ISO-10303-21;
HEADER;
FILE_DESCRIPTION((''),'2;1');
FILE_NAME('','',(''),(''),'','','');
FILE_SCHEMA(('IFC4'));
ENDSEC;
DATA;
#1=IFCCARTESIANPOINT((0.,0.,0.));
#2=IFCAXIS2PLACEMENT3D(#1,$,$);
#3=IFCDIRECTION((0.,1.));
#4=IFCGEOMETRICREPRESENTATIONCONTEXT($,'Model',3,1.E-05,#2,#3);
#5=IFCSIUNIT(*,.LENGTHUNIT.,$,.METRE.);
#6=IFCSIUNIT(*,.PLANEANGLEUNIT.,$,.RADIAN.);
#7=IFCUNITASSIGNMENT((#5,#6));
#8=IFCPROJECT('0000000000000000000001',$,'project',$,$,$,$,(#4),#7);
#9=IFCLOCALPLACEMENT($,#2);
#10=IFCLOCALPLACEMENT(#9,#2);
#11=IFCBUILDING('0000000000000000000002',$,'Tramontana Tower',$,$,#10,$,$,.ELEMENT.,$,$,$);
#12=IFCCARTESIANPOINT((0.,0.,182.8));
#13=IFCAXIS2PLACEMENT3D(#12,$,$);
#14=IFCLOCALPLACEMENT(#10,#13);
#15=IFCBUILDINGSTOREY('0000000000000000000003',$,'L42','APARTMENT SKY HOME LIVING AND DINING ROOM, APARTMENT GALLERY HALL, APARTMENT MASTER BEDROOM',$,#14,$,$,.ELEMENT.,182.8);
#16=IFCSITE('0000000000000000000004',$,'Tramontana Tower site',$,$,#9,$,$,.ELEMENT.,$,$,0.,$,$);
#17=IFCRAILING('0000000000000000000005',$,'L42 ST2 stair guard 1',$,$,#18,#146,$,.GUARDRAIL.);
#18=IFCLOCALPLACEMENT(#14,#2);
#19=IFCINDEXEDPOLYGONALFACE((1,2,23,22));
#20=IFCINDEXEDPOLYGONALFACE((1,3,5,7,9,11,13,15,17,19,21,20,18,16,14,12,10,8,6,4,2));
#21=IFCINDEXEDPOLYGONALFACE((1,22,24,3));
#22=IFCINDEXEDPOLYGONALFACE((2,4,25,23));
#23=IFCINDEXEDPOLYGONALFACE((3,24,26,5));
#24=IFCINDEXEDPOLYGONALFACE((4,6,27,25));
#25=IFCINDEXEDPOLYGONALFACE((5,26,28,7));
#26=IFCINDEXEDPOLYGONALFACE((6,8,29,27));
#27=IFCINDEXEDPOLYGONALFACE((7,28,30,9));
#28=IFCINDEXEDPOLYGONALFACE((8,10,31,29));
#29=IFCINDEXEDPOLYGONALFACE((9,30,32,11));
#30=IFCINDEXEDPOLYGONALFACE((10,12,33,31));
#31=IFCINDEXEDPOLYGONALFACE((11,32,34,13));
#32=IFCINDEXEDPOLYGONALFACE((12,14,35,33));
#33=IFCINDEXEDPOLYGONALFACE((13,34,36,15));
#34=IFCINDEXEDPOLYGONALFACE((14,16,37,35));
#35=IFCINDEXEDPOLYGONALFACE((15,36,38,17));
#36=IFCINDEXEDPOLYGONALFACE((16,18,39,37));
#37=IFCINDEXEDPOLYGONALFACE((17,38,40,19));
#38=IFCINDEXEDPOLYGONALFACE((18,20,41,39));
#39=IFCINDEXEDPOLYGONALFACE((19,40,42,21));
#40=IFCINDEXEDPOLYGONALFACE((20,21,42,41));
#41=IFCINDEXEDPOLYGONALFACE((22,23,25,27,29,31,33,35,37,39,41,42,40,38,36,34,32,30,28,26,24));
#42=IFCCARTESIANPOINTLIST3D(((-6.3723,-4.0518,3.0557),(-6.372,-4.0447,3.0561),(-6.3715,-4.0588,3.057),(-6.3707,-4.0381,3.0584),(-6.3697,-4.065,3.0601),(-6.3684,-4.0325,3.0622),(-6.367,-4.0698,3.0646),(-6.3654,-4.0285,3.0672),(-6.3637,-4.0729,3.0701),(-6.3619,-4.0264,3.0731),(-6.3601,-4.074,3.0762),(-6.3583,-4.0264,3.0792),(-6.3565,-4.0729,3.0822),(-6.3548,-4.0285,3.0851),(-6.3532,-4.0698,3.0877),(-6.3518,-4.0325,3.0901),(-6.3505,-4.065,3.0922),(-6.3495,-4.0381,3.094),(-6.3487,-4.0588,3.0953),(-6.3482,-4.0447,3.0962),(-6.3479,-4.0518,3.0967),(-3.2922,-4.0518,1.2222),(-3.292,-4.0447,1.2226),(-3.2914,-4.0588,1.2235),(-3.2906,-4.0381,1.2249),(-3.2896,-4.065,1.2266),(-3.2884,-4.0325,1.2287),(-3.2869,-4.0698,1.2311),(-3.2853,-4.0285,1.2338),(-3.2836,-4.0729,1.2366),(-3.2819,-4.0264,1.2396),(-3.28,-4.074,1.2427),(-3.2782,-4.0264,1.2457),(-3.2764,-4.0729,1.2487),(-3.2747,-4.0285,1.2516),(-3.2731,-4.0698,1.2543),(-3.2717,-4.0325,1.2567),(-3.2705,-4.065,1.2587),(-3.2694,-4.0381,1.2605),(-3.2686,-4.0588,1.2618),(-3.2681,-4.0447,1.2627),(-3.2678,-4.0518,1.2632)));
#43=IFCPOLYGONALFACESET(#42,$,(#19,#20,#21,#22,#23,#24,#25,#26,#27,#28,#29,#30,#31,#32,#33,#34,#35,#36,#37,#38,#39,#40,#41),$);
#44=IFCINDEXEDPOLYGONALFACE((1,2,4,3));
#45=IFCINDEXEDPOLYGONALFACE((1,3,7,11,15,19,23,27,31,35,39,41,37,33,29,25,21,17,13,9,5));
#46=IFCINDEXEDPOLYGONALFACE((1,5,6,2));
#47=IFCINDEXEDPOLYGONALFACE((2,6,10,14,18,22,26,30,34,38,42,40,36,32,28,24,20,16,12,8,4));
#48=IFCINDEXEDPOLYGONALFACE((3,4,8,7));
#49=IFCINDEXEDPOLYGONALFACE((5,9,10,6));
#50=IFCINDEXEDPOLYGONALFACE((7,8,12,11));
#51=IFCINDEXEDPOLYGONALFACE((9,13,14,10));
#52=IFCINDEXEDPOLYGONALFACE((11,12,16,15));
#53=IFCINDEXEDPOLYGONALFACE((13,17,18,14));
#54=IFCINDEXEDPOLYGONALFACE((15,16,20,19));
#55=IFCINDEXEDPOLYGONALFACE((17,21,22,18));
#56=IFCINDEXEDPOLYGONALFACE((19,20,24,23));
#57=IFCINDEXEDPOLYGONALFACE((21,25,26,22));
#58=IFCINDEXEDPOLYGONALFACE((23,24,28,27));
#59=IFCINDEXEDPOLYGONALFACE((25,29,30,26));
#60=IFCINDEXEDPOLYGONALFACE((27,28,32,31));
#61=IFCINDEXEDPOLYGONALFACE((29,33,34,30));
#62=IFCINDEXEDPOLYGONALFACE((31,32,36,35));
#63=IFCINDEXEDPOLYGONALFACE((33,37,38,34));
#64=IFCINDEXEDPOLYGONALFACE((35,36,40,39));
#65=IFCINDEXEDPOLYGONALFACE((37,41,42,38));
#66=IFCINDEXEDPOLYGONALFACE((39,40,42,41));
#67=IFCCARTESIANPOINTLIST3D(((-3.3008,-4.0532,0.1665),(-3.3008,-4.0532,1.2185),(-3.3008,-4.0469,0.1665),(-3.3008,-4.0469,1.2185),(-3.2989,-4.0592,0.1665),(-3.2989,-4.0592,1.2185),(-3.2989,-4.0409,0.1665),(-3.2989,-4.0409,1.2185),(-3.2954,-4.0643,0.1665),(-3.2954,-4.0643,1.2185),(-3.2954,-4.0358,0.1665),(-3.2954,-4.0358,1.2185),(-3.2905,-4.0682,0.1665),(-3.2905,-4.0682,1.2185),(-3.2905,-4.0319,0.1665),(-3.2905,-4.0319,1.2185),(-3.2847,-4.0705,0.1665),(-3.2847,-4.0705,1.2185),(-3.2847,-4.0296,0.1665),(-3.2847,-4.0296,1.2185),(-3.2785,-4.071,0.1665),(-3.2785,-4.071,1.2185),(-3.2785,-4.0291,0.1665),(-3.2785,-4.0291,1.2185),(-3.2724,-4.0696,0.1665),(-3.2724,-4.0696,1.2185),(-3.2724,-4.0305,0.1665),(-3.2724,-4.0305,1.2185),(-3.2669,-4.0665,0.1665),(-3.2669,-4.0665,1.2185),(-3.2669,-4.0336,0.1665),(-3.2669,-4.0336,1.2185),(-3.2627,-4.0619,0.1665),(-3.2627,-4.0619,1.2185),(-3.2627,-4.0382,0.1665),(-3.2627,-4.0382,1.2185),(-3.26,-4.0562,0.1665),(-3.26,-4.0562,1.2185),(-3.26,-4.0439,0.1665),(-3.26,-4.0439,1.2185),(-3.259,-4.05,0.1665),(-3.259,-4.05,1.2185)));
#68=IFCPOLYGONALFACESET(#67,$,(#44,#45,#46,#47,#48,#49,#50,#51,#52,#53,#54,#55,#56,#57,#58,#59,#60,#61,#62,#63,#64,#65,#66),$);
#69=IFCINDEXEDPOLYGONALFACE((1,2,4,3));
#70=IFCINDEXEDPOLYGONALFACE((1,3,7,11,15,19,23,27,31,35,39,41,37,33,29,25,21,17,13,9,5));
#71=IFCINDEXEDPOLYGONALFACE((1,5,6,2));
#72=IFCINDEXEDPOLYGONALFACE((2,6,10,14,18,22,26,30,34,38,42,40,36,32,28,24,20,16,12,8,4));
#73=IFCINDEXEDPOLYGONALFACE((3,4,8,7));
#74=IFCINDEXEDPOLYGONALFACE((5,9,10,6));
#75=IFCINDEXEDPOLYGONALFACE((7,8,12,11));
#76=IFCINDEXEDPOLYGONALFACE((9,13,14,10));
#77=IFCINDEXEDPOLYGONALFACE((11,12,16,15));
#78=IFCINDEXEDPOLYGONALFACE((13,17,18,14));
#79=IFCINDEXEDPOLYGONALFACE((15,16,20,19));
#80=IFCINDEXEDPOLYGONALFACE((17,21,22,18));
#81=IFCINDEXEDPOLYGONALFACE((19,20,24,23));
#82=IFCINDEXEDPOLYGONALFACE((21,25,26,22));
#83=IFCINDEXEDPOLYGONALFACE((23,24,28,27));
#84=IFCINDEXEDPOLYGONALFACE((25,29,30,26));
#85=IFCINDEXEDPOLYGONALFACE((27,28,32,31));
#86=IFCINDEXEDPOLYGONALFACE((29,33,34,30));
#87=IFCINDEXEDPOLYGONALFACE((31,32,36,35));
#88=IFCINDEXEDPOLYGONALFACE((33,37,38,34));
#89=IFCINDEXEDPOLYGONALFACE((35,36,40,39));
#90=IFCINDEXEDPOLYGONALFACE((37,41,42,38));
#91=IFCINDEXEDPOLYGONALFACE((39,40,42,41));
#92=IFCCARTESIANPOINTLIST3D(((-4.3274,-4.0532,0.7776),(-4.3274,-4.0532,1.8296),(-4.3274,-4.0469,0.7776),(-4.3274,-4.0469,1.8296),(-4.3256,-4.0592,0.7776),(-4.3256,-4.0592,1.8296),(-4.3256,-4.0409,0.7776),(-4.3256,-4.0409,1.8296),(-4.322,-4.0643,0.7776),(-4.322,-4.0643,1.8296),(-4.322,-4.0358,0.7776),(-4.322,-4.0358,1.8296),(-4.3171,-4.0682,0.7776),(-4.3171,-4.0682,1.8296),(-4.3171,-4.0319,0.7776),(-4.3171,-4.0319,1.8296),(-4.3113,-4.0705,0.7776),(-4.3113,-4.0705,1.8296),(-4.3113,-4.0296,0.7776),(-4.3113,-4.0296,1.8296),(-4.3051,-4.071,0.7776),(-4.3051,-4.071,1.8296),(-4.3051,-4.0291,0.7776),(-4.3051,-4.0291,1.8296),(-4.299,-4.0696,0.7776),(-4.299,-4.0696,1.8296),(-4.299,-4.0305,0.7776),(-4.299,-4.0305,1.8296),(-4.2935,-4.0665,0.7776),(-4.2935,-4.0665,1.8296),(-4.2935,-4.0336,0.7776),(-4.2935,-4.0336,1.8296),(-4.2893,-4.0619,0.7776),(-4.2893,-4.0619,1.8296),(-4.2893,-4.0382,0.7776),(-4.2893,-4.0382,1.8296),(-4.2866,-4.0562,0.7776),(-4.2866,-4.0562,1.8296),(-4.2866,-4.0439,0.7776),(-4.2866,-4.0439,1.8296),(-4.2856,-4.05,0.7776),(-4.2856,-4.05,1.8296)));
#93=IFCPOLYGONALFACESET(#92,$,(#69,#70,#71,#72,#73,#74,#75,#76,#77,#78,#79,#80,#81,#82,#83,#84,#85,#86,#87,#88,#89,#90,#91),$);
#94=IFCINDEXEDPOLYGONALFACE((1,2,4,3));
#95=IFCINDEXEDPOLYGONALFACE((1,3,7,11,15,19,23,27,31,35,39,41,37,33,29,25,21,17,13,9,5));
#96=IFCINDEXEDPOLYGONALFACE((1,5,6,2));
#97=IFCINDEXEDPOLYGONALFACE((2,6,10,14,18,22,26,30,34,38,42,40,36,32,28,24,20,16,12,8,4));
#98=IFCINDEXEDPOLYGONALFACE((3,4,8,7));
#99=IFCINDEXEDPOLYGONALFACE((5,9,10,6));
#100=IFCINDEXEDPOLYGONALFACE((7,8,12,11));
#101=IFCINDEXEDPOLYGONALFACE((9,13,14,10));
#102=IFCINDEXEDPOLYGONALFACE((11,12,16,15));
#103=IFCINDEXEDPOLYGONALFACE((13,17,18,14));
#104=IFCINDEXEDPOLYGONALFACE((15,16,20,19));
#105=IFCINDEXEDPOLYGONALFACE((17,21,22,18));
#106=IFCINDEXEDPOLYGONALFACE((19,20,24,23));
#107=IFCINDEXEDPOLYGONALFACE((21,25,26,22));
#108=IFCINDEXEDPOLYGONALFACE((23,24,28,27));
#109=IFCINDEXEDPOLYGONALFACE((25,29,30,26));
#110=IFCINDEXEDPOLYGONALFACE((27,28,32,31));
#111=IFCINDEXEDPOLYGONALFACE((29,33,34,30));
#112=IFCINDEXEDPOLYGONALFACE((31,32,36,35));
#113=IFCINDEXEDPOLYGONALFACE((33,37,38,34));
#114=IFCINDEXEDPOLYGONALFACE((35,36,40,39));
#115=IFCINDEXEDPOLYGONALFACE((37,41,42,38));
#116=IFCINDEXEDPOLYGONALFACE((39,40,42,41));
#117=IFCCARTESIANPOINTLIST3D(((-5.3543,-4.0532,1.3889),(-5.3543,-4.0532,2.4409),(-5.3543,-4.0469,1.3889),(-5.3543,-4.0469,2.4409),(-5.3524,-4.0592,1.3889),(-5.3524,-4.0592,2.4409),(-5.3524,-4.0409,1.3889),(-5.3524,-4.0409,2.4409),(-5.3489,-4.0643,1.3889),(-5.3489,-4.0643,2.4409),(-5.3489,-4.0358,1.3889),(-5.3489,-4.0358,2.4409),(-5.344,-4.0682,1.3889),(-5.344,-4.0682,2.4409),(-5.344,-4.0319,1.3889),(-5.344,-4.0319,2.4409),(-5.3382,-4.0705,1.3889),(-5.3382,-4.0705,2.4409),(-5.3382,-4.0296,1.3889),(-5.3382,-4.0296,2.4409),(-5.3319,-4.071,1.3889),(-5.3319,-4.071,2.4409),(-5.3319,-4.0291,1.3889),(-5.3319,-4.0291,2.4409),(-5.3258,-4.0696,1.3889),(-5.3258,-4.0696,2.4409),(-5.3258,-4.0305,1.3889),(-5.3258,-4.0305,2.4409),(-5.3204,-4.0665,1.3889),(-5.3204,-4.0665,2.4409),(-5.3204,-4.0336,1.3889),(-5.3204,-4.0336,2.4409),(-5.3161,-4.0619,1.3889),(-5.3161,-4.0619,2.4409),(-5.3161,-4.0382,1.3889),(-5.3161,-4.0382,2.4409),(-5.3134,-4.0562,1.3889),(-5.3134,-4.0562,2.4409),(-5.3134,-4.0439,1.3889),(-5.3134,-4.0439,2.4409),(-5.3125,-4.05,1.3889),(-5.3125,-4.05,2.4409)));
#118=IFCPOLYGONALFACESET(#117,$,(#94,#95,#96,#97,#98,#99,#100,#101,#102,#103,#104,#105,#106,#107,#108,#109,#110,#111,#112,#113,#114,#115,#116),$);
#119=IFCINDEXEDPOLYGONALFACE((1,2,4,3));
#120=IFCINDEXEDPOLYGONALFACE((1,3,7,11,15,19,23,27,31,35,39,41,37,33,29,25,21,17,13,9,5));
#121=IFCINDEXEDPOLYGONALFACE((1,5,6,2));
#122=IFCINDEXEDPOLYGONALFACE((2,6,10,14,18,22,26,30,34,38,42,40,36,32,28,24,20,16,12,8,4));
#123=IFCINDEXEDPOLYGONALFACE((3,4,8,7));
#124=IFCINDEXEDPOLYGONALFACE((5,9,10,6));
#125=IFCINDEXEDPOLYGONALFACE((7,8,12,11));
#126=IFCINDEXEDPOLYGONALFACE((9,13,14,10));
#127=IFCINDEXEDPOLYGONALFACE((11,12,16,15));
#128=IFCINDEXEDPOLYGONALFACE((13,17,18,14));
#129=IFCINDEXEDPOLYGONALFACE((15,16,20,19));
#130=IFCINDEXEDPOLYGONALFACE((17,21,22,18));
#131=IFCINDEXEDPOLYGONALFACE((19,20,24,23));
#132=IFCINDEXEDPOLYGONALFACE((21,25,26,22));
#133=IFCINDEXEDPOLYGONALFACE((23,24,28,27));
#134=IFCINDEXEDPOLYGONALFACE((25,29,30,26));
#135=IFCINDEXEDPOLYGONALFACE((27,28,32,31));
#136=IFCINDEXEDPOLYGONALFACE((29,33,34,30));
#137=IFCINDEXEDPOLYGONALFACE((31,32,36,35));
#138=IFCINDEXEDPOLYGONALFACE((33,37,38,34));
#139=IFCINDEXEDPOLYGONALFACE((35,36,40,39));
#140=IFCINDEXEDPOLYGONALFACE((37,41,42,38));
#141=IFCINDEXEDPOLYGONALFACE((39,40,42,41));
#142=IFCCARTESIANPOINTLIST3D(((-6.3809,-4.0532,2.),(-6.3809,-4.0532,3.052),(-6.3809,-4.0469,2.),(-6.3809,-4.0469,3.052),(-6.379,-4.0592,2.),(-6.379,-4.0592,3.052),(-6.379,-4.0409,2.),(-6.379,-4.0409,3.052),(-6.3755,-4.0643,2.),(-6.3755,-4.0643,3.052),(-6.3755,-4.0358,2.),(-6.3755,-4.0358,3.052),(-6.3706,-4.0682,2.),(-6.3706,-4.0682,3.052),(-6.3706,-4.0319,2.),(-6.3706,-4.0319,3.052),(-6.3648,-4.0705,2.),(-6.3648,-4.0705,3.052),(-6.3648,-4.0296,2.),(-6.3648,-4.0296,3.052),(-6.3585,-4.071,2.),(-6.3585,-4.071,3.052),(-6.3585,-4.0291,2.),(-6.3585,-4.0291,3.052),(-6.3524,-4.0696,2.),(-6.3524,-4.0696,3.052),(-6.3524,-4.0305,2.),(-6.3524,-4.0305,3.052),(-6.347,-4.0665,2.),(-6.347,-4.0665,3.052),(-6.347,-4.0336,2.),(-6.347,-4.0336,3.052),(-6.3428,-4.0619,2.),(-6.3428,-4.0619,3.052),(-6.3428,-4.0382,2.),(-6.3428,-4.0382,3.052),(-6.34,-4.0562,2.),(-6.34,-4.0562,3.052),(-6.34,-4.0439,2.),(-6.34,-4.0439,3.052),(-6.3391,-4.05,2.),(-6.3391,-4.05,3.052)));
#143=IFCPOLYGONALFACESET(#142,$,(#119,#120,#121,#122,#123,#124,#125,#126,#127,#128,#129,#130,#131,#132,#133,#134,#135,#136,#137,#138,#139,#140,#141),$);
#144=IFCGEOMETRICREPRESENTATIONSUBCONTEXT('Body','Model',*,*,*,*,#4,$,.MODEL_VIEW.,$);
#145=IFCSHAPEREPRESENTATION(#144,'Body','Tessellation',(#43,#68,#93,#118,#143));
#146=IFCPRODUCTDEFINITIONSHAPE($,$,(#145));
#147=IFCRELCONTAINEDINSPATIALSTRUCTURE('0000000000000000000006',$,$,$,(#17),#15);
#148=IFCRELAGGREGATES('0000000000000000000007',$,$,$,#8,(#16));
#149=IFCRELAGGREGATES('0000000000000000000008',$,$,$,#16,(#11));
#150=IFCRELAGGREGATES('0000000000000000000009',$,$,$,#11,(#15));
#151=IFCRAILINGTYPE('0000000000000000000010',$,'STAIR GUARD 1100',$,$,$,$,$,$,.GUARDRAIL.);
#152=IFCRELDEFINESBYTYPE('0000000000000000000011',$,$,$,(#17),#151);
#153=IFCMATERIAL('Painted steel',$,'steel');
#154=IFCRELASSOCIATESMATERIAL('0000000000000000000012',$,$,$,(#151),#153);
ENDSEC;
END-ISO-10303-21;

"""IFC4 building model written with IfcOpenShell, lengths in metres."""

from ifc_helpers import new_model, si_unit, direction, frame, origin, origin_2d, place, context, subcontext, project, spatial, circle, extrude, material, type_object, element, save


model = new_model("IFC4")

# Units and contexts
model_context = context("Model", 3, precision=1e-05, world=origin(), true_north=direction((0.0, 1.0)))
body_context = subcontext(model_context, "Body", "Model", "MODEL_VIEW")
ifc_project = project(units=[si_unit("LENGTHUNIT", "METRE"), si_unit("PLANEANGLEUNIT", "RADIAN")], contexts=[model_context])

# Site, building, storey
site_placement = place(None, origin())
site = spatial("IfcSite", under=ifc_project, at=site_placement, Name="Tramontana Tower site", CompositionType="ELEMENT", RefElevation=0.0)
building_placement = place(site_placement, origin())
building = spatial("IfcBuilding", under=site, at=building_placement, Name="Tramontana Tower", CompositionType="ELEMENT")
storey_placement = place(building_placement, frame((0.0, 0.0, 182.8)))
storey = spatial("IfcBuildingStorey", under=building, at=storey_placement, Name="L42", Description="APARTMENT SKY HOME LIVING AND DINING ROOM, APARTMENT GALLERY HALL, APARTMENT MASTER BEDROOM", CompositionType="ELEMENT", Elevation=182.8)

# Railing
ifc_material_1 = material(Name="Painted steel", Category="steel")
railing_type_1 = type_object("IfcRailingType", Name="STAIR GUARD 1100", PredefinedType="GUARDRAIL", material=ifc_material_1)
railing_1_placement = place(storey_placement, frame((-3.28, -4.05, 0.1665)))
element("IfcRailing", 1, at=railing_1_placement, inside=storey, type_object=railing_type_1, Name="L42 ST2 stair guard 1", PredefinedType="GUARDRAIL", context=body_context, shape_type="SweptSolid", body=[
    extrude(circle(Radius=0.0239, at=origin_2d()), frame((0.0, 0.0, 1.0762), z_axis=(-0.859279, 0.0, 0.511508), x_axis=(0.0, -1.0, 0.0)), (0.0, 0.0, 1.0), 3.5845),
    extrude(circle(Radius=0.021, at=origin_2d()), origin(), (0.0, 0.0, 1.0), 1.052),
    extrude(circle(Radius=0.021, at=origin_2d()), frame((-1.0266, 0.0, 0.6111)), (0.0, 0.0, 1.0), 1.052),
    extrude(circle(Radius=0.021, at=origin_2d()), frame((-2.0535, 0.0, 1.2224)), (0.0, 0.0, 1.0), 1.052),
    extrude(circle(Radius=0.021, at=origin_2d()), frame((-3.0801, 0.0, 1.8335)), (0.0, 0.0, 1.0), 1.052),
])

save(model, "model.ifc")
